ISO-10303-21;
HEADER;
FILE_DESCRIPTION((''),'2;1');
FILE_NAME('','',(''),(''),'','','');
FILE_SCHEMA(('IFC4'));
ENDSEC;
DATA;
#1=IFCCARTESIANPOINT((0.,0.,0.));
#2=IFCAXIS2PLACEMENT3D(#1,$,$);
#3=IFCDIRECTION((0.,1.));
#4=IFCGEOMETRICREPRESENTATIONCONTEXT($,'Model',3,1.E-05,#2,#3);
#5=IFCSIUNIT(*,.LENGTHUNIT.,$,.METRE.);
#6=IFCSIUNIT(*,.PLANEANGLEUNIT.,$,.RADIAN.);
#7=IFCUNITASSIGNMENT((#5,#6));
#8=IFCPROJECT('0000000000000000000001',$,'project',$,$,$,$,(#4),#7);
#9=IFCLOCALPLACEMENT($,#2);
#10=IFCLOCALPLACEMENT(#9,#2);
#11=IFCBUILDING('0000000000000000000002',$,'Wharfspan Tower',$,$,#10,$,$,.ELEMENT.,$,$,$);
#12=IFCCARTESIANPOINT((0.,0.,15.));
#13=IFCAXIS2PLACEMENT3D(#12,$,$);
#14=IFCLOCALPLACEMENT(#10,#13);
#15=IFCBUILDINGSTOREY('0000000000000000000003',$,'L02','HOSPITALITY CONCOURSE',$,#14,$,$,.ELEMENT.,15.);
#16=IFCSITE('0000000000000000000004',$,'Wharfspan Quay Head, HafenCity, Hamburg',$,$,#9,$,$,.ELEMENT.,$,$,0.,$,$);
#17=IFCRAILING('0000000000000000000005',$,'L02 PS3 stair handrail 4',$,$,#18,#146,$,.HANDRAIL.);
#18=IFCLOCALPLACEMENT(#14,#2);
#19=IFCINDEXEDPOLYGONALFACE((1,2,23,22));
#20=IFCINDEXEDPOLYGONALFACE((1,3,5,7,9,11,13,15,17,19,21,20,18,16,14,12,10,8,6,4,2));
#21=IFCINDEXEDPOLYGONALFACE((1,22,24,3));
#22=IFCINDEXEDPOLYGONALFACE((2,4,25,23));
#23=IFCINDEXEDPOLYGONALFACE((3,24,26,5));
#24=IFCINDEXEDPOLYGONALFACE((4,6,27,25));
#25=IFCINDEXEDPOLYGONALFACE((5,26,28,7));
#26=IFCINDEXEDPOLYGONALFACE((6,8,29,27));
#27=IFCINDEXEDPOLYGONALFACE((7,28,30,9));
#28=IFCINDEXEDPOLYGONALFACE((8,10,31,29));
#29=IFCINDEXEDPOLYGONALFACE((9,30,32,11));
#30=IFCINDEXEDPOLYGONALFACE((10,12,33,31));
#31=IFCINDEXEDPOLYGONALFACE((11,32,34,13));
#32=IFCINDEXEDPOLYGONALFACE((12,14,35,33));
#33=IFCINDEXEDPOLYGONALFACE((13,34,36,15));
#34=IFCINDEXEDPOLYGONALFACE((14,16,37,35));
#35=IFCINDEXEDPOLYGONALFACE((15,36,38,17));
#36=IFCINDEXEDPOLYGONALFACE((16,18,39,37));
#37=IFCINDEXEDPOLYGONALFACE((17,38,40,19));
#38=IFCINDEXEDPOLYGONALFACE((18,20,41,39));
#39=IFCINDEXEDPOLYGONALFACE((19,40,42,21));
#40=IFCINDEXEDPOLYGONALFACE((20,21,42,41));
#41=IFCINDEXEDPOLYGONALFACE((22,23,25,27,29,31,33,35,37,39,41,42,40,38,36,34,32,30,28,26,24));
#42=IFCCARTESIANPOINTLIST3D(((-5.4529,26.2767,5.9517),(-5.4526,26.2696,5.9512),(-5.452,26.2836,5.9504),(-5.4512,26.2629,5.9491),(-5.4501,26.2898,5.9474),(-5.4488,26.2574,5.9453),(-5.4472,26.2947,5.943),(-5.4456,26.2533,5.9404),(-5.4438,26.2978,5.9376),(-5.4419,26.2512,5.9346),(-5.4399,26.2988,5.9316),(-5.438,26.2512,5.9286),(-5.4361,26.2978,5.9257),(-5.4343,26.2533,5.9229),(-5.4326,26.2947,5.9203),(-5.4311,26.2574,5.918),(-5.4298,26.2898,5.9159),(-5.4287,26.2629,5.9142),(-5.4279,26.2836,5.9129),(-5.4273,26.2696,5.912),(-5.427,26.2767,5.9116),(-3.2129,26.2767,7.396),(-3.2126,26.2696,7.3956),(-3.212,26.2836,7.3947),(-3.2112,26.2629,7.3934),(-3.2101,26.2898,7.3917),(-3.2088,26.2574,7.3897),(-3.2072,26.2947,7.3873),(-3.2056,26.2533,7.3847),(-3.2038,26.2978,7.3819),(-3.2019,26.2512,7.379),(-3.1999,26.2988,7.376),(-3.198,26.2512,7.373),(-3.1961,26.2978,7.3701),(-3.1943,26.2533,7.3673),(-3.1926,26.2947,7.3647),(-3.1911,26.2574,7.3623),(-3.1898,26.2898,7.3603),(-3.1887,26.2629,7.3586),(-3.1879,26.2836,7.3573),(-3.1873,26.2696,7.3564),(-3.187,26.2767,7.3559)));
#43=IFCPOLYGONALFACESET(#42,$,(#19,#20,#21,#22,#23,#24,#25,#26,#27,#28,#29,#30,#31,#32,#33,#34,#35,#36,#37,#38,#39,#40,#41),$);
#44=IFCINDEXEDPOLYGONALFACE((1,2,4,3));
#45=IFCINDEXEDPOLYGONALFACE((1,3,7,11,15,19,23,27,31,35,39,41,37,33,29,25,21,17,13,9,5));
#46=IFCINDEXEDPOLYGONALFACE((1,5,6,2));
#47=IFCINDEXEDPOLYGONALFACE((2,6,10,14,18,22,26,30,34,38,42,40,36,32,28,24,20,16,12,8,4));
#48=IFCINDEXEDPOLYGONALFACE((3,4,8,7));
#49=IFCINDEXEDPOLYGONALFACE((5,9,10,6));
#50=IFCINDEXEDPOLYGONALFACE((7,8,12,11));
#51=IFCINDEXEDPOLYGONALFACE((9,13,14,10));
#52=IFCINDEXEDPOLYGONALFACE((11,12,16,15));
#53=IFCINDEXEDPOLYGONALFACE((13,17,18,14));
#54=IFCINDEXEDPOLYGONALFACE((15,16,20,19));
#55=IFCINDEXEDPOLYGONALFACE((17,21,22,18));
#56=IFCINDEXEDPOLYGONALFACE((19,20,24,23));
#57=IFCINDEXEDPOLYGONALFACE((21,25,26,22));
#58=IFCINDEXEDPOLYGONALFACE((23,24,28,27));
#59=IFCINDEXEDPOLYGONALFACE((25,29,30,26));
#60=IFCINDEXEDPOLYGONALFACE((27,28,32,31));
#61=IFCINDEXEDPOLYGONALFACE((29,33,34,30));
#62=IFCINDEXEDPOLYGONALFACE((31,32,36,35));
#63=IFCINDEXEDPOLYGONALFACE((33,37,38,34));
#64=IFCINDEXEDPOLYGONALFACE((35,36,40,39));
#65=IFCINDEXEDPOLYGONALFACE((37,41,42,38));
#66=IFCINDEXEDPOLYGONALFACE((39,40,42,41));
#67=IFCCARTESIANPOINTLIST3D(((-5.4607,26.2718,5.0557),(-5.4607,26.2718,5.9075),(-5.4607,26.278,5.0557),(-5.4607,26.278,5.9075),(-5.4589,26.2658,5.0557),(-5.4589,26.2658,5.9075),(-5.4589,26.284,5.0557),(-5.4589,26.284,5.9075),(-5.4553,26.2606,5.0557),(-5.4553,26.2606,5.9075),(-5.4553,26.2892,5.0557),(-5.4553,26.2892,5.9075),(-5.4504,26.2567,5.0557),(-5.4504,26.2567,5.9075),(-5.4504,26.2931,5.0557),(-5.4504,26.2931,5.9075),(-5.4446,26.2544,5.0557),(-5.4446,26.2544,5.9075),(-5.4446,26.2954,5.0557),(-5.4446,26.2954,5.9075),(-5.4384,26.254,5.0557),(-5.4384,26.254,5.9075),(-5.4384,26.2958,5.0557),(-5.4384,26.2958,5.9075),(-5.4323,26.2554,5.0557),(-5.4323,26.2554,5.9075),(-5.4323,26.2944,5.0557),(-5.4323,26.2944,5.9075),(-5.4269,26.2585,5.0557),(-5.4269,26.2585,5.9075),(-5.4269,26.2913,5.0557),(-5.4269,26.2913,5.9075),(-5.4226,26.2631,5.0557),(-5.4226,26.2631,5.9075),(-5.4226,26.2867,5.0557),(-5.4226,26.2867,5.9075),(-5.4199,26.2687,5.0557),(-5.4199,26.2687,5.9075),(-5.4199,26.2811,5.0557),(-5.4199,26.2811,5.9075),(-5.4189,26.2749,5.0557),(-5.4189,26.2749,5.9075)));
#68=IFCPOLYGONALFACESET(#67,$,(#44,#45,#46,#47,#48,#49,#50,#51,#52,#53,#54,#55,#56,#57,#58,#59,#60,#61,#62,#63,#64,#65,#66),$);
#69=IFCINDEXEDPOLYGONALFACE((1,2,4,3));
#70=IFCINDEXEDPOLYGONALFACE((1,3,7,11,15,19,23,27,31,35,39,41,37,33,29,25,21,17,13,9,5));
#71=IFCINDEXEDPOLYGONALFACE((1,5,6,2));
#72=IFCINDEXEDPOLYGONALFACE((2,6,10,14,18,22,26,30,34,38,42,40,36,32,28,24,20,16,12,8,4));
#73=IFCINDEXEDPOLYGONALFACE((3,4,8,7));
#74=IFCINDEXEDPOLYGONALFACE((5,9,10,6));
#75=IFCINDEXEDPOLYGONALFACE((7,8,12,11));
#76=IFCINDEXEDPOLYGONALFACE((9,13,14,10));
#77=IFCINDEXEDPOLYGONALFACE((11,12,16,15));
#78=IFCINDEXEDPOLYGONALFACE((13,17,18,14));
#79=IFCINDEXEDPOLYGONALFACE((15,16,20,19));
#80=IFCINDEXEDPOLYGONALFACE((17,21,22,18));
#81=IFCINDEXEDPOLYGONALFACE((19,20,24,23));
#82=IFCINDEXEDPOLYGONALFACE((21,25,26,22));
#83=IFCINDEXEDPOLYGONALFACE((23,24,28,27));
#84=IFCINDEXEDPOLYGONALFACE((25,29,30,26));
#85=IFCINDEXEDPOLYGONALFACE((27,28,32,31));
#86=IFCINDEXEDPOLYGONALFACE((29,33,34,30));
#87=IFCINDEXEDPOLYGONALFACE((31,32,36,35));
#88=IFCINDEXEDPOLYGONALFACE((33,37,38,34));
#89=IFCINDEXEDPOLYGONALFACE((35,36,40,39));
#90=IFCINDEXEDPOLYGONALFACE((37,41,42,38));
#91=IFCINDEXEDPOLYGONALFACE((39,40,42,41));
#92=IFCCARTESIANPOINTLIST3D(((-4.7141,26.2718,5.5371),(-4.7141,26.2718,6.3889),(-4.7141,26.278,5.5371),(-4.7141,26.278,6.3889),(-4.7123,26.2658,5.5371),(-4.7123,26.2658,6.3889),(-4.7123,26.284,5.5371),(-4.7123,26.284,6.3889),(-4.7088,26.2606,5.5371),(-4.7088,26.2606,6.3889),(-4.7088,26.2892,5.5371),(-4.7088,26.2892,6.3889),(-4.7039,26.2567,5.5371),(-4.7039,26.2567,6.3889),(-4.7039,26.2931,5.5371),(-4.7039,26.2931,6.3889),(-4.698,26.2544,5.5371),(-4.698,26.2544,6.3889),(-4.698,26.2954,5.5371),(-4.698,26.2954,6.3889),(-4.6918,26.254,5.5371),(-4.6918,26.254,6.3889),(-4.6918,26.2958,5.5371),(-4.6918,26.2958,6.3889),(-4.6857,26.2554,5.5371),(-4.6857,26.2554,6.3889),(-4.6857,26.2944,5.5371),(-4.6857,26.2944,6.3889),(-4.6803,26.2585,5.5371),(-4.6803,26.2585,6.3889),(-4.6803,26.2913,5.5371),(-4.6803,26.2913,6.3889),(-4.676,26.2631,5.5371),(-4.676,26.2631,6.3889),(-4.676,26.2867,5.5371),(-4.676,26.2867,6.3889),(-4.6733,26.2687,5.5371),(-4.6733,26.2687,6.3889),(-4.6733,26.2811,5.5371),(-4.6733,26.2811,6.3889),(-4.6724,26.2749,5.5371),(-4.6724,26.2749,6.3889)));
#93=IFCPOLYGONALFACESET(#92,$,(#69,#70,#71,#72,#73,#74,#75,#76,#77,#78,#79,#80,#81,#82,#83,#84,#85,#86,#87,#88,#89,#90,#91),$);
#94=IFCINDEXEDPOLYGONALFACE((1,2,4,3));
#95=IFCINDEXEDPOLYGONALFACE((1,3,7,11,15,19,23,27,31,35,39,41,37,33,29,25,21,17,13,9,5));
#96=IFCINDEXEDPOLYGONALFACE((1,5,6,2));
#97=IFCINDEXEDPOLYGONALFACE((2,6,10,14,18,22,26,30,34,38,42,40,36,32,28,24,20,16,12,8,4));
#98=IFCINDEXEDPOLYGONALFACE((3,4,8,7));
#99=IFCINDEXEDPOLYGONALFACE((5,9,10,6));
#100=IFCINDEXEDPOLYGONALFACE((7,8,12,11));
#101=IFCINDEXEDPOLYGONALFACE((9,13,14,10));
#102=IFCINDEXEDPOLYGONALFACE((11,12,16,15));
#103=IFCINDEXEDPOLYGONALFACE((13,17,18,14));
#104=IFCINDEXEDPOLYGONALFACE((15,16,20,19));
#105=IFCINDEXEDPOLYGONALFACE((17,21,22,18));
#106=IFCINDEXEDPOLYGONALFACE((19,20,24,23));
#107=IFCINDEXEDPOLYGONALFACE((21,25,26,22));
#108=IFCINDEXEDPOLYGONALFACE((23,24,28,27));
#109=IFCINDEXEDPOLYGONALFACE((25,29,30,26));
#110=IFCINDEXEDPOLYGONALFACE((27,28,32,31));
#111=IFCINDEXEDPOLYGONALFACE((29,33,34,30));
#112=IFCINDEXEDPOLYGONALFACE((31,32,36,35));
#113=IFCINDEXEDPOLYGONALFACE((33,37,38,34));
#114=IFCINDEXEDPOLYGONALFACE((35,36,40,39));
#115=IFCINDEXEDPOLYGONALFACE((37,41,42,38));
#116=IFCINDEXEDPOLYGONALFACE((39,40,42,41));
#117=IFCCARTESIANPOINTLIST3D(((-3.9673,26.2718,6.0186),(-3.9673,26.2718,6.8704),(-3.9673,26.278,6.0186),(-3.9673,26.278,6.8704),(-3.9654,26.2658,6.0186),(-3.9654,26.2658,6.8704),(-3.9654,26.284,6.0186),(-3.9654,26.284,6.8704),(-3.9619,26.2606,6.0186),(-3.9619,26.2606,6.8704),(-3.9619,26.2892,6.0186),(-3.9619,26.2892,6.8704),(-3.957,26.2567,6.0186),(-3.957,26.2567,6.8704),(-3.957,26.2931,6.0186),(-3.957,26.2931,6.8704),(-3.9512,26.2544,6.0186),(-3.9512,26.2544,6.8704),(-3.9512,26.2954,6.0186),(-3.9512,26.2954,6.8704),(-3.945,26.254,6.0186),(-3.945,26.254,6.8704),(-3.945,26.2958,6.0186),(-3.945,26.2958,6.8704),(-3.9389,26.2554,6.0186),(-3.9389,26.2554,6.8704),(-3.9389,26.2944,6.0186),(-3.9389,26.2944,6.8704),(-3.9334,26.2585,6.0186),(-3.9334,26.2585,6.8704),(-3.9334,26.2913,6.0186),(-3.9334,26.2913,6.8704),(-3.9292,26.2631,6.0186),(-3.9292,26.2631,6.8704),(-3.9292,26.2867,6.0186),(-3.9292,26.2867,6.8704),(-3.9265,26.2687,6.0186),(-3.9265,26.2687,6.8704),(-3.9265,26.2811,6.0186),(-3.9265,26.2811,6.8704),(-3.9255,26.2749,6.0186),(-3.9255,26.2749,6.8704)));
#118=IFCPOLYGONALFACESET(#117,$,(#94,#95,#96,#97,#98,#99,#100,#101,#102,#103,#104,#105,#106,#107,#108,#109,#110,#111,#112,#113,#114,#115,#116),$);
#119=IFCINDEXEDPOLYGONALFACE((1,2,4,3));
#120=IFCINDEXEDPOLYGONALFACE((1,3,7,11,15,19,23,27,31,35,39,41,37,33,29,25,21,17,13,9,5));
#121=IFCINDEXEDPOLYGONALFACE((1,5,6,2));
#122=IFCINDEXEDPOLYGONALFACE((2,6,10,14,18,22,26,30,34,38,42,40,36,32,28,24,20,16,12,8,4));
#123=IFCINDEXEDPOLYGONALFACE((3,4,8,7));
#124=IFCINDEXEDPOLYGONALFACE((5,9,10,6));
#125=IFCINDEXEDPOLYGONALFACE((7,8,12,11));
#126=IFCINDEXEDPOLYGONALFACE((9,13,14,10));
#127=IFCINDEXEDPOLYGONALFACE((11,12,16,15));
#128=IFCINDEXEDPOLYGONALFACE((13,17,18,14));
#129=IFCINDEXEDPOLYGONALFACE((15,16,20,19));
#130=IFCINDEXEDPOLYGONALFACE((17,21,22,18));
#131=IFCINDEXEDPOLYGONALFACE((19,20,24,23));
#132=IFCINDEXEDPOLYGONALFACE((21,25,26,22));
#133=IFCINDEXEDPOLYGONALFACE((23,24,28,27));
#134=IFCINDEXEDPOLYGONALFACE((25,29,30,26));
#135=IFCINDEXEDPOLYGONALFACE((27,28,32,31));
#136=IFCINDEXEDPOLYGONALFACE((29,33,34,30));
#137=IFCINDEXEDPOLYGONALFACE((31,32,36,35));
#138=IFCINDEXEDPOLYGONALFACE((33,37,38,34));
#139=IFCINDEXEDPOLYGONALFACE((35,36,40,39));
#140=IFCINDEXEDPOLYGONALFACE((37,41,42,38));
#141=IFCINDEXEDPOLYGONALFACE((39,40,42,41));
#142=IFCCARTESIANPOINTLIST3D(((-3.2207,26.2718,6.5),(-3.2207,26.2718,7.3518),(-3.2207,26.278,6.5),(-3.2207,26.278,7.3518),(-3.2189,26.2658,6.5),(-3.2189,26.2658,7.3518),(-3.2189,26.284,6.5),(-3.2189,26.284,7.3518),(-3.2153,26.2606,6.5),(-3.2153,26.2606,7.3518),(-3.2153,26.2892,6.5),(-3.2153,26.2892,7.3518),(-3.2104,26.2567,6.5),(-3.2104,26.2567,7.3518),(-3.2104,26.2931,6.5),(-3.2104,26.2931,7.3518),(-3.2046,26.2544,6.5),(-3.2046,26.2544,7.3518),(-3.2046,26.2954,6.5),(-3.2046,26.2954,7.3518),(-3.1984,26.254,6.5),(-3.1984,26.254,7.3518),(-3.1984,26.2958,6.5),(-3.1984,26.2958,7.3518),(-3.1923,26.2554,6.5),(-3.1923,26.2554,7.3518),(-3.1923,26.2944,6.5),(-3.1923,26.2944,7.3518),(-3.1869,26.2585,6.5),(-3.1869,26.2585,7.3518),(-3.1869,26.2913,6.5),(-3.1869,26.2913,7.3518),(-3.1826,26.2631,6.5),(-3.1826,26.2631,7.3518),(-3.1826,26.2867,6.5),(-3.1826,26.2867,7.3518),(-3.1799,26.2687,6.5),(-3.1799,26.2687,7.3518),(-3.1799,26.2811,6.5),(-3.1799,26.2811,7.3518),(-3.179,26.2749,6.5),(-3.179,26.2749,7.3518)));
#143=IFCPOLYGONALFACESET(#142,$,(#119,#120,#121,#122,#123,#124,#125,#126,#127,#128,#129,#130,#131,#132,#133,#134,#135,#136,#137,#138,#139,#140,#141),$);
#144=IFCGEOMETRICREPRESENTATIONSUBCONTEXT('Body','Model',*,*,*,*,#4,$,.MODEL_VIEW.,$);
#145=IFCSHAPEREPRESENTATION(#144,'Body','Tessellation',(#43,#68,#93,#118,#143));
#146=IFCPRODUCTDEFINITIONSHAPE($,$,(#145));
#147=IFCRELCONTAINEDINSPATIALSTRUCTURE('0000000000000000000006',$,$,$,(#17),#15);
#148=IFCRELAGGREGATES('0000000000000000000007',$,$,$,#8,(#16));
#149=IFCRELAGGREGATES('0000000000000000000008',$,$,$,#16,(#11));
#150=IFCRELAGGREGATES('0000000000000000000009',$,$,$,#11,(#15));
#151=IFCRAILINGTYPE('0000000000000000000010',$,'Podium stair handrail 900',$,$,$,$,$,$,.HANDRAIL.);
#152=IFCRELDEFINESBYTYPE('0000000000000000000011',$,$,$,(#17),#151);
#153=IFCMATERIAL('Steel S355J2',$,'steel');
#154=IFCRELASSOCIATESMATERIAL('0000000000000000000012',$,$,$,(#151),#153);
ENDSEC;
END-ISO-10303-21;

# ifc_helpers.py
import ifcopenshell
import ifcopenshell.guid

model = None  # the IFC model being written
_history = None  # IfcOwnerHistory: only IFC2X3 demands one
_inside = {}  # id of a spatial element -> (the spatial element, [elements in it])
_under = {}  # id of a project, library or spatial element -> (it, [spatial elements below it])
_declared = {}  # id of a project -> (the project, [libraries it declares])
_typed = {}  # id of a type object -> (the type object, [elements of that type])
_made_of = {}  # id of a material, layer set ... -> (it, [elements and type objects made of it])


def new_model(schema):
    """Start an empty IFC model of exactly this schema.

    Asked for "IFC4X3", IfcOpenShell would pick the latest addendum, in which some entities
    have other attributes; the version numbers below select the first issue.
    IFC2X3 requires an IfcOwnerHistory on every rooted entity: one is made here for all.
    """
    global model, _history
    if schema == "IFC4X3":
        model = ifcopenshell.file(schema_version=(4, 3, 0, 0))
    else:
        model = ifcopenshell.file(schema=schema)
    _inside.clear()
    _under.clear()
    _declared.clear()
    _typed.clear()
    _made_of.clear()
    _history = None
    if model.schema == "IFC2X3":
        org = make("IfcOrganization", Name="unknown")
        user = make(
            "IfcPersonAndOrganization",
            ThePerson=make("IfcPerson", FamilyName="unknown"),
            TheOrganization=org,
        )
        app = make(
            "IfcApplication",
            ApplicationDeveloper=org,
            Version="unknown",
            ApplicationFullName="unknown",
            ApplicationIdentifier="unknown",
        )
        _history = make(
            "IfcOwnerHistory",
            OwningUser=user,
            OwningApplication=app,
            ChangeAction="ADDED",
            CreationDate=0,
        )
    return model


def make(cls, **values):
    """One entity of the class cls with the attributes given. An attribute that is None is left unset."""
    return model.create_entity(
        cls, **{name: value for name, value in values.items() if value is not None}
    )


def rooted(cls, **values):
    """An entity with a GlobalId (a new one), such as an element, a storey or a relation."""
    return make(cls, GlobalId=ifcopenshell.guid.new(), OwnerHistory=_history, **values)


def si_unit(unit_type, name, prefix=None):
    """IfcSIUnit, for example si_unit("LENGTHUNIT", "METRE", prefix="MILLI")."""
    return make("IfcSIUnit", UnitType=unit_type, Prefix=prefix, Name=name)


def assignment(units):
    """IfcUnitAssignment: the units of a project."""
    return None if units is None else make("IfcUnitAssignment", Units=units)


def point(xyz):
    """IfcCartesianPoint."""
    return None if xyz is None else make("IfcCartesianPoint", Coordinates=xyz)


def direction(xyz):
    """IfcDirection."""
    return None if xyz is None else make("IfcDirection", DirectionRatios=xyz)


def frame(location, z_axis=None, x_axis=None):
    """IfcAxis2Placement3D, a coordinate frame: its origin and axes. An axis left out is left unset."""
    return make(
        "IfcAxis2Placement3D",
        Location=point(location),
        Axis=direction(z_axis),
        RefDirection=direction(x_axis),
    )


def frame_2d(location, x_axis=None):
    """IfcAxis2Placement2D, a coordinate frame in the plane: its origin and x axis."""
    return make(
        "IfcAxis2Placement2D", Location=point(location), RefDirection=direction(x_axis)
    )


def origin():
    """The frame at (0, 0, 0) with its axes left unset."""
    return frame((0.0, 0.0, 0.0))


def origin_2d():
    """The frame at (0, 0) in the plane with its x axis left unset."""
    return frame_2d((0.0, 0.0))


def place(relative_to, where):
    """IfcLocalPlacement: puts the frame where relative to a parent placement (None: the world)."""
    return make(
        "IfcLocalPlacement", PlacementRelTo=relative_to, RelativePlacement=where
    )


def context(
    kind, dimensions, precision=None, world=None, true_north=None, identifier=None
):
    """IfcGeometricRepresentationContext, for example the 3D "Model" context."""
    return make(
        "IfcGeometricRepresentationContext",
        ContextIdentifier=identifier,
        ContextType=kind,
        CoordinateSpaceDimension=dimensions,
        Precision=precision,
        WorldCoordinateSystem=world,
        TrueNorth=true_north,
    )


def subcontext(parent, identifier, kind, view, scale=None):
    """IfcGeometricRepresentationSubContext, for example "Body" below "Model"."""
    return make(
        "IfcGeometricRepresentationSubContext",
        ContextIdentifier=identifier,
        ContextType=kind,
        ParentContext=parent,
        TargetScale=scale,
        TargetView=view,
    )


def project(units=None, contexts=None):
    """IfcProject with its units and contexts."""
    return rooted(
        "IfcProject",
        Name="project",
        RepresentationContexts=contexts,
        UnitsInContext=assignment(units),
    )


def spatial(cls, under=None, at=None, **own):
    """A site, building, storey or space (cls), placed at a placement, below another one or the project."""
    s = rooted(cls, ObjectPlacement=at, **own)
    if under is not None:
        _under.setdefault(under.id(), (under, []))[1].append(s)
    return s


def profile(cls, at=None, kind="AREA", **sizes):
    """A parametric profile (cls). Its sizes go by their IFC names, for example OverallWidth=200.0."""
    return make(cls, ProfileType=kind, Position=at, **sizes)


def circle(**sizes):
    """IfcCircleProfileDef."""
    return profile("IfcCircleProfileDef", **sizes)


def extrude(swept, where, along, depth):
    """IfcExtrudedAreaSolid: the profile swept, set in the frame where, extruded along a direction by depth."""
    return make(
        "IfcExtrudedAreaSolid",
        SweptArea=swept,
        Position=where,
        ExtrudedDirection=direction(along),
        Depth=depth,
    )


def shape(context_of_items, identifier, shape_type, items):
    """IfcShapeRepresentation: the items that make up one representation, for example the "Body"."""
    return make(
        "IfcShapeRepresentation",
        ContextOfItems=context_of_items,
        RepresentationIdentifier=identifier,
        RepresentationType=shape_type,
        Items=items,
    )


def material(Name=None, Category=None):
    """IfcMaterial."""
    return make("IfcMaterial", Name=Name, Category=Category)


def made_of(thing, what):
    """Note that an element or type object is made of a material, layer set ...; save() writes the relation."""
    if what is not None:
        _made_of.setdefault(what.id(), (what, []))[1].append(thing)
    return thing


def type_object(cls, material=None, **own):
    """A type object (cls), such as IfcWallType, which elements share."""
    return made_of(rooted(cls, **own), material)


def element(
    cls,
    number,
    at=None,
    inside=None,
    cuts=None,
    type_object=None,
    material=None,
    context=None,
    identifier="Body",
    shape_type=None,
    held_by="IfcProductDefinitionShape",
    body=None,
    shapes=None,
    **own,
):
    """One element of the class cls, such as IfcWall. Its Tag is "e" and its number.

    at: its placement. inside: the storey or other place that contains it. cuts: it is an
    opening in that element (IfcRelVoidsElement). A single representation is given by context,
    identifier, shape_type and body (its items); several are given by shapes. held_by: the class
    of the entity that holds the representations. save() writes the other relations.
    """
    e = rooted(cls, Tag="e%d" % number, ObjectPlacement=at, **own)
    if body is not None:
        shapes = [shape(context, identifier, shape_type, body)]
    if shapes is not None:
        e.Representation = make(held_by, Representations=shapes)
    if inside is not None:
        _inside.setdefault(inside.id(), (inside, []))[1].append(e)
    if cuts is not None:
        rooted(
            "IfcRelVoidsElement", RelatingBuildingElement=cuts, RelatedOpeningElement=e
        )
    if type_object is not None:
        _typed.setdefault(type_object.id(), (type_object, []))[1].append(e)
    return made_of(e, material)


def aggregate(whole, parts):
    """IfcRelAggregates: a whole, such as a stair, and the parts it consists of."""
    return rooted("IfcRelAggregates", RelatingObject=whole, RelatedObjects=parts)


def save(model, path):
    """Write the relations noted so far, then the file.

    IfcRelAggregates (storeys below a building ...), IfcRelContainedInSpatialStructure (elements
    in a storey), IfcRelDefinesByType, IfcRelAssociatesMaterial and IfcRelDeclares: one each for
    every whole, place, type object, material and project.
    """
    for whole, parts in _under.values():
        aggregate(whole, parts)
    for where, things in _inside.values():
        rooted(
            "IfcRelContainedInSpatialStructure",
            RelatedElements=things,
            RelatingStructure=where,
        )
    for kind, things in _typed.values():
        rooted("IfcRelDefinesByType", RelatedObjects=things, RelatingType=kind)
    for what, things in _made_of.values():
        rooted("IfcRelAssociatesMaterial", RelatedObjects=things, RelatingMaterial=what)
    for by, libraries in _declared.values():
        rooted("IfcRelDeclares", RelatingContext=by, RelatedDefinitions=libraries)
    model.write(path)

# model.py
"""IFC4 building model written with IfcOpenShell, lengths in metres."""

from ifc_helpers import new_model, si_unit, direction, frame, origin, origin_2d, place, context, subcontext, project, spatial, circle, extrude, material, type_object, element, save


model = new_model("IFC4")

# Units and contexts
model_context = context("Model", 3, precision=1e-05, world=origin(), true_north=direction((0.0, 1.0)))
body_context = subcontext(model_context, "Body", "Model", "MODEL_VIEW")
ifc_project = project(units=[si_unit("LENGTHUNIT", "METRE"), si_unit("PLANEANGLEUNIT", "RADIAN")], contexts=[model_context])

# Site, building, storey
site_placement = place(None, origin())
site = spatial("IfcSite", under=ifc_project, at=site_placement, Name="Wharfspan Quay Head, HafenCity, Hamburg", CompositionType="ELEMENT", RefElevation=0.0)
building_placement = place(site_placement, origin())
building = spatial("IfcBuilding", under=site, at=building_placement, Name="Wharfspan Tower", CompositionType="ELEMENT")
storey_placement = place(building_placement, frame((0.0, 0.0, 15.0)))
storey = spatial("IfcBuildingStorey", under=building, at=storey_placement, Name="L02", Description="HOSPITALITY CONCOURSE", CompositionType="ELEMENT", Elevation=15.0)

# Railing
ifc_material_1 = material(Name="Steel S355J2", Category="steel")
railing_type_1 = type_object("IfcRailingType", Name="Podium stair handrail 900", PredefinedType="HANDRAIL", material=ifc_material_1)
for number, where, name in (
    (1, (-5.4399, 26.2749, 5.0557), "L02 PS3 stair handrail 4"),
):
    element("IfcRailing", number, at=place(storey_placement, frame(where)), inside=storey, type_object=railing_type_1, Name=name, PredefinedType="HANDRAIL", context=body_context, shape_type="SweptSolid", body=[
        extrude(circle(Radius=0.0239, at=origin_2d()), frame((0.0, 0.0, 0.876), z_axis=(0.840437, 0.0, 0.54191), x_axis=(0.0, 1.0, 0.0)), (0.0, 0.0, 1.0), 2.6653),
        extrude(circle(Radius=0.021, at=origin_2d()), origin(), (0.0, 0.0, 1.0), 0.8518),
        extrude(circle(Radius=0.021, at=origin_2d()), frame((0.7466, 0.0, 0.4814)), (0.0, 0.0, 1.0), 0.8518),
        extrude(circle(Radius=0.021, at=origin_2d()), frame((1.4934, 0.0, 0.9629)), (0.0, 0.0, 1.0), 0.8518),
        extrude(circle(Radius=0.021, at=origin_2d()), frame((2.24, 0.0, 1.4443)), (0.0, 0.0, 1.0), 0.8518),
    ])

save(model, "model.ifc")
